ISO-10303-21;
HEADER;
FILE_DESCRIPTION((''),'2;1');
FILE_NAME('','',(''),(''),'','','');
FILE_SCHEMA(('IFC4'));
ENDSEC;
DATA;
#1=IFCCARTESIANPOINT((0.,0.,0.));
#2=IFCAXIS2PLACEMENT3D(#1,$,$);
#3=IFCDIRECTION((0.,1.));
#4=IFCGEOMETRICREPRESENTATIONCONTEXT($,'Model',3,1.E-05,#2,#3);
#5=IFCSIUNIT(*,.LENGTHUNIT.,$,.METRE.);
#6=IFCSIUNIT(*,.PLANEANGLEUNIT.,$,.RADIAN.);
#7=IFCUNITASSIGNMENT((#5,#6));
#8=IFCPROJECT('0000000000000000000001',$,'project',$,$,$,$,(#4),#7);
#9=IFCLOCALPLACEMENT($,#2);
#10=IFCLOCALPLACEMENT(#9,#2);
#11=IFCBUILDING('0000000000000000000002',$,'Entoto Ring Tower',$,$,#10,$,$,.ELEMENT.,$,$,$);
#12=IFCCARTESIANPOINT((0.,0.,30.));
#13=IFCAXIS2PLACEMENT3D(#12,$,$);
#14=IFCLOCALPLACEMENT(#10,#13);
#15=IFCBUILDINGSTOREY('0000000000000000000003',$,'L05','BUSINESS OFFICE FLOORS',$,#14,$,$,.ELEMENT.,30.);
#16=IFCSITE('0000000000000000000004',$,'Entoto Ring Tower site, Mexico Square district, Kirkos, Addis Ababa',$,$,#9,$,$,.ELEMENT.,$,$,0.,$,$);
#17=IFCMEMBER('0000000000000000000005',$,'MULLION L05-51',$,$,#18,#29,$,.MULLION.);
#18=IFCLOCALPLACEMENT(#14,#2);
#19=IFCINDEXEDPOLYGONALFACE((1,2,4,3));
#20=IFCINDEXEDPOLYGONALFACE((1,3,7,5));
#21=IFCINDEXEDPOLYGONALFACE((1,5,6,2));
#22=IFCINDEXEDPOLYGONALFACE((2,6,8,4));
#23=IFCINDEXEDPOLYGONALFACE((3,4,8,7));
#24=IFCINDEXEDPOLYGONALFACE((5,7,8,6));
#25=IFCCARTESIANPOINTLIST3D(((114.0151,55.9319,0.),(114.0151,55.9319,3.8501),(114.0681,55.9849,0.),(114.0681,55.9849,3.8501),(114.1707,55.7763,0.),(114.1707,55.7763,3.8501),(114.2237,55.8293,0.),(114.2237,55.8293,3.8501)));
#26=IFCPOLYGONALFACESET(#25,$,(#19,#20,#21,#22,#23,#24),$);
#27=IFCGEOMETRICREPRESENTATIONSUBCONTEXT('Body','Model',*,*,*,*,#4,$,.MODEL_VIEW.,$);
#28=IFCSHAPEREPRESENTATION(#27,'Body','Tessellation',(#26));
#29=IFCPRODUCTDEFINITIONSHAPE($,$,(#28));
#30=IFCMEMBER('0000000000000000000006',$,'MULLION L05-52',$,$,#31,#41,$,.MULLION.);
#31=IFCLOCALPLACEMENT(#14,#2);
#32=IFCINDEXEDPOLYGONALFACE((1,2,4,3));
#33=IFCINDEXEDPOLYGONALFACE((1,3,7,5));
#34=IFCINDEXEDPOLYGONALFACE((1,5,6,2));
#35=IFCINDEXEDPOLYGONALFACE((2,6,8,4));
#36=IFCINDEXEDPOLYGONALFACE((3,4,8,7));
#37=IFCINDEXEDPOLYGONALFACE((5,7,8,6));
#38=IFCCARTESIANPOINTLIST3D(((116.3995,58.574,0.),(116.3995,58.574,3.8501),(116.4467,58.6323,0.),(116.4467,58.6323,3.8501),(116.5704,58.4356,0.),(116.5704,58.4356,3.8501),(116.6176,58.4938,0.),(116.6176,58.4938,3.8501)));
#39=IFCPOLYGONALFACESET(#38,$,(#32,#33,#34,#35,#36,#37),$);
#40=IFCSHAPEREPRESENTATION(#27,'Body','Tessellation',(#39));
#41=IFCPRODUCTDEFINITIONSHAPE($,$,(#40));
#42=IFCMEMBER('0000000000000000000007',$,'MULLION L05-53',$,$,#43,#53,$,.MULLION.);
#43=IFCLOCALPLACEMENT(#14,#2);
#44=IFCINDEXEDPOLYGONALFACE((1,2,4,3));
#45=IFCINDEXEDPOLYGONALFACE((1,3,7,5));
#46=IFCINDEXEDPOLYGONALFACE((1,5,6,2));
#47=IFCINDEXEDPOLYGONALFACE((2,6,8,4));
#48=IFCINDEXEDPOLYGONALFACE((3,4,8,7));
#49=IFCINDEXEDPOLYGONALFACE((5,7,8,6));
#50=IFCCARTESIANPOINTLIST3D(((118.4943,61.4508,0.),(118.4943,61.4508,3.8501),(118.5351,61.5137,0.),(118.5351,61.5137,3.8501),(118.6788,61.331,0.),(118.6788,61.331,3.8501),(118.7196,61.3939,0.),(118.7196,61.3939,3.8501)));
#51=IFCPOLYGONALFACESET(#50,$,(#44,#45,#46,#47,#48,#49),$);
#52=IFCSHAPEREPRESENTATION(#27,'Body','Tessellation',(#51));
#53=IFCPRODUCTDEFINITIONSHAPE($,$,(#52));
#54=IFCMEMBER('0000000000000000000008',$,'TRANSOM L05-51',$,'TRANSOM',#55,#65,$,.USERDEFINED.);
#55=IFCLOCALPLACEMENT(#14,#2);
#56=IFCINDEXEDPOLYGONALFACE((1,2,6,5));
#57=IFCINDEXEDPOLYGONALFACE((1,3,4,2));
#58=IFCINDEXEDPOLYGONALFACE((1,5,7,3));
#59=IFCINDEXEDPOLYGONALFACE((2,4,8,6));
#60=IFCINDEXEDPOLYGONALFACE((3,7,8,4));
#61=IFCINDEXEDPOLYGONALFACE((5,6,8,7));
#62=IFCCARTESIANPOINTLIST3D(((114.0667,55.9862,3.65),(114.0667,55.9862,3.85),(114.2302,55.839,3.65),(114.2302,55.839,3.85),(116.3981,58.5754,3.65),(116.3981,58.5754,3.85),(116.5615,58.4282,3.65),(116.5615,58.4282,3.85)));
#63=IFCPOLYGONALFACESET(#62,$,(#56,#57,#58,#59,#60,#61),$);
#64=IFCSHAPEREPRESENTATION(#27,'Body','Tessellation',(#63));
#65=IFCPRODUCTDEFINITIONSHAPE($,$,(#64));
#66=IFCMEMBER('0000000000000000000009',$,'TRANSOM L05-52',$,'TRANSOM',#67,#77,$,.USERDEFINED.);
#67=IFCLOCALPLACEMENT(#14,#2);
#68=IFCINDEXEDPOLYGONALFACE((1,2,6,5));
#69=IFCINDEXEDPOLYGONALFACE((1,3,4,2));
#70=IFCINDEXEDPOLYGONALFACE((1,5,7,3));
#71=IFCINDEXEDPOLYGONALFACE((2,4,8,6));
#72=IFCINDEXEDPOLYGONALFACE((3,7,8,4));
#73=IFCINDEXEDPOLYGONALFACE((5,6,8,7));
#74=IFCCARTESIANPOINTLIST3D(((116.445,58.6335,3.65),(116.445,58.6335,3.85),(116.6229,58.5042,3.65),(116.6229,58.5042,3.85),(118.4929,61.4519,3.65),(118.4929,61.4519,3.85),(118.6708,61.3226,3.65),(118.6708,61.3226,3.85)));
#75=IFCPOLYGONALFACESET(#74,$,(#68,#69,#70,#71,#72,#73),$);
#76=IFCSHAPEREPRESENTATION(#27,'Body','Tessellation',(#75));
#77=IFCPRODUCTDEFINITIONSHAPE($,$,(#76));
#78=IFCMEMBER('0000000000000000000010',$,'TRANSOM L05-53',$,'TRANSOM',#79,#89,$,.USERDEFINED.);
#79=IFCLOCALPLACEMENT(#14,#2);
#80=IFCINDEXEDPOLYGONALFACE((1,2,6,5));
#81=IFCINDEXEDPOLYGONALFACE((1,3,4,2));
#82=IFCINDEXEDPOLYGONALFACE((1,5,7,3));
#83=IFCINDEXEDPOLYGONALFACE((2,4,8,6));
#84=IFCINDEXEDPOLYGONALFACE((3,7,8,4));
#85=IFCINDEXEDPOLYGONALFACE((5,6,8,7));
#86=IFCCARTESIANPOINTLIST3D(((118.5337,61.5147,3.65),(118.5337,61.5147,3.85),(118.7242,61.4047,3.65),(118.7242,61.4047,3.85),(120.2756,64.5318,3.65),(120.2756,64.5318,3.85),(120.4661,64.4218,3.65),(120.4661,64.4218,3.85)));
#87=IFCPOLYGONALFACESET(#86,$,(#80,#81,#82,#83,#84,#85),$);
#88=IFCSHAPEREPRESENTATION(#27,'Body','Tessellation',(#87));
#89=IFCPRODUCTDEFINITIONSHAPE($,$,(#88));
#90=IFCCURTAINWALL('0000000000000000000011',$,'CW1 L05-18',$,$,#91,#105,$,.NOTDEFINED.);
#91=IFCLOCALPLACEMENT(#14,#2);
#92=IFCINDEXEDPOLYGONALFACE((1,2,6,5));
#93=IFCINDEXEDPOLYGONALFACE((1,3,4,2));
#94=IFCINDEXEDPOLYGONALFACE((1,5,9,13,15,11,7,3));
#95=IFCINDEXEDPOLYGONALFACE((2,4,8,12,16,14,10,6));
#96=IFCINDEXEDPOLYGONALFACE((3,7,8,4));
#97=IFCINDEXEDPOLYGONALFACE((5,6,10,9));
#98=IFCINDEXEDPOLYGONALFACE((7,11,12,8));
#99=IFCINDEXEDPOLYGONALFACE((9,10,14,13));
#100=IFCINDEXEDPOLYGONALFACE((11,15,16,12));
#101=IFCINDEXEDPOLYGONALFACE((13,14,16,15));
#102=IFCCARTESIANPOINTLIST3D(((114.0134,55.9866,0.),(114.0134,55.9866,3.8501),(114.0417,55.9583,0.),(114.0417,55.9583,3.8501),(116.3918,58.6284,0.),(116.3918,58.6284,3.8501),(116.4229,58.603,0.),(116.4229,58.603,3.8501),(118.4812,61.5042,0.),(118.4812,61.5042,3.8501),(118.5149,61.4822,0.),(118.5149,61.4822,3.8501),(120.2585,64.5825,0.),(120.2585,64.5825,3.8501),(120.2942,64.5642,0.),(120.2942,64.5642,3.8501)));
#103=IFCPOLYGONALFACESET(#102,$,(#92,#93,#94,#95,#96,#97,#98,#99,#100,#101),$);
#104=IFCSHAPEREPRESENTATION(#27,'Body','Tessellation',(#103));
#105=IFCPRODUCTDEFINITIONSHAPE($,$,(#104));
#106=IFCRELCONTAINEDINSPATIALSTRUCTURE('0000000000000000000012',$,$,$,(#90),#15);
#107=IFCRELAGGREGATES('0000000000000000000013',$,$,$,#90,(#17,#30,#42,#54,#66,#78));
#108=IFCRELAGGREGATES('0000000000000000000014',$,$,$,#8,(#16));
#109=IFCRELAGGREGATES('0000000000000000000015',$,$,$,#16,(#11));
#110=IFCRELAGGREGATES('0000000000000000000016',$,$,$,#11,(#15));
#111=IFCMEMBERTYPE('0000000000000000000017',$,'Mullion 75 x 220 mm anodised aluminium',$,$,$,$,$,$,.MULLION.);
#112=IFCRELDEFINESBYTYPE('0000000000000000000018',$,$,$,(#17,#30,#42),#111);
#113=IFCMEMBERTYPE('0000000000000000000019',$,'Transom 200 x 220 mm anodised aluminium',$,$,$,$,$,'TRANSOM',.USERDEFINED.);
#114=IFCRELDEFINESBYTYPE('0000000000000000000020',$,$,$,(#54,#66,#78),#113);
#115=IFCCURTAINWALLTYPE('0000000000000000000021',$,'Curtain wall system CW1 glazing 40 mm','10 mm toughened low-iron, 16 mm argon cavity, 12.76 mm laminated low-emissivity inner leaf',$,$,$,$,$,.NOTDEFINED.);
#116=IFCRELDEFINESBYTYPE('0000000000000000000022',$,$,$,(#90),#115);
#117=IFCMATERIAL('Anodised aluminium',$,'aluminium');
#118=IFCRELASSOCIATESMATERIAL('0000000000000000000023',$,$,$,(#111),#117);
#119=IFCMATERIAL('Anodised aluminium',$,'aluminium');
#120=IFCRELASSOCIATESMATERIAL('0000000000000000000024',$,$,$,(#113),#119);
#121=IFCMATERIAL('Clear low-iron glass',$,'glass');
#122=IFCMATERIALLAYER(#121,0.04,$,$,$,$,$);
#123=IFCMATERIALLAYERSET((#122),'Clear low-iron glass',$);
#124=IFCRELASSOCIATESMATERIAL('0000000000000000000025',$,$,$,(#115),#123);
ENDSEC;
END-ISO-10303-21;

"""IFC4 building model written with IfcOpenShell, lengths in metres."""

from ifc_helpers import new_model, si_unit, direction, frame, origin, origin_2d, place, context, subcontext, project, spatial, polyline, rectangle, outline, extrude, material, layer, layer_set, material_profile, profile_set, type_object, element, aggregate, save


model = new_model("IFC4")

# Units and contexts
model_context = context("Model", 3, precision=1e-05, world=origin(), true_north=direction((0.0, 1.0)))
body_context = subcontext(model_context, "Body", "Model", "MODEL_VIEW")
ifc_project = project(units=[si_unit("LENGTHUNIT", "METRE"), si_unit("PLANEANGLEUNIT", "RADIAN")], contexts=[model_context])

# Members
ifc_material_1 = material(Name="Anodised aluminium", Category="aluminium")
ifc_material_profile_1 = material_profile(ifc_material_1, rectangle(XDim=0.075, YDim=0.22, at=origin_2d()), Name="Mullion 75 x 220 mm anodised aluminium")
ifc_profile_set_1 = profile_set([ifc_material_profile_1], Name="Anodised aluminium")
member_type_1 = type_object("IfcMemberType", Name="Mullion 75 x 220 mm anodised aluminium", PredefinedType="MULLION", material=ifc_profile_set_1)
site_placement = place(None, origin())
building_placement = place(site_placement, origin())
storey_placement = place(building_placement, frame((0.0, 0.0, 30.0)))
member_1_placement = place(storey_placement, frame((114.1194, 55.8806, 0.0), z_axis=(0.0, 0.0, 1.0), x_axis=(0.707107, 0.707107, 0.0)))
member_1 = element("IfcMember", 1, at=member_1_placement, type_object=member_type_1, Name="MULLION L05-51", PredefinedType="MULLION", context=body_context, shape_type="SweptSolid", body=[
    extrude(rectangle(XDim=0.075, YDim=0.22, at=origin_2d()), origin(), (0.0, 0.0, 1.0), 3.8501),
])
member_2_placement = place(storey_placement, frame((116.5085, 58.5339, 0.0), z_axis=(0.0, 0.0, 1.0), x_axis=(0.62932, 0.777146, 0.0)))
member_2 = element("IfcMember", 2, at=member_2_placement, type_object=member_type_1, Name="MULLION L05-52", PredefinedType="MULLION", context=body_context, shape_type="SweptSolid", body=[
    extrude(rectangle(XDim=0.075, YDim=0.22, at=origin_2d()), origin(), (0.0, 0.0, 1.0), 3.8501),
])
member_3_placement = place(storey_placement, frame((118.6069, 61.4224, 0.0), z_axis=(0.0, 0.0, 1.0), x_axis=(0.544639, 0.838671, 0.0)))
member_3 = element("IfcMember", 3, at=member_3_placement, type_object=member_type_1, Name="MULLION L05-53", PredefinedType="MULLION", context=body_context, shape_type="SweptSolid", body=[
    extrude(rectangle(XDim=0.075, YDim=0.22, at=origin_2d()), origin(), (0.0, 0.0, 1.0), 3.8501),
])
ifc_material_2 = material(Name="Anodised aluminium", Category="aluminium")
ifc_material_profile_2 = material_profile(ifc_material_2, rectangle(XDim=0.22, YDim=0.2, at=origin_2d()), Name="Transom 200 x 220 mm anodised aluminium")
ifc_profile_set_2 = profile_set([ifc_material_profile_2], Name="Anodised aluminium")
member_type_2 = type_object("IfcMemberType", Name="Transom 200 x 220 mm anodised aluminium", ElementType="TRANSOM", PredefinedType="USERDEFINED", material=ifc_profile_set_2)
member_4_placement = place(storey_placement, frame((114.1484, 55.9126, 3.75), z_axis=(0.669139, 0.743137, 0.0), x_axis=(-0.743137, 0.669139, 0.0)))
member_4 = element("IfcMember", 4, at=member_4_placement, type_object=member_type_2, Name="TRANSOM L05-51", ObjectType="TRANSOM", PredefinedType="USERDEFINED", context=body_context, shape_type="SweptSolid", body=[
    extrude(rectangle(XDim=0.22, YDim=0.2, at=origin_2d()), origin(), (0.0, 0.0, 1.0), 3.4841),
])
member_5_placement = place(storey_placement, frame((116.5339, 58.5688, 3.75), z_axis=(0.587822, 0.808991, 0.0), x_axis=(-0.808991, 0.587822, 0.0)))
member_5 = element("IfcMember", 5, at=member_5_placement, type_object=member_type_2, Name="TRANSOM L05-52", ObjectType="TRANSOM", PredefinedType="USERDEFINED", context=body_context, shape_type="SweptSolid", body=[
    extrude(rectangle(XDim=0.22, YDim=0.2, at=origin_2d()), origin(), (0.0, 0.0, 1.0), 3.4839),
])
member_6_placement = place(storey_placement, frame((118.6289, 61.4597, 3.75), z_axis=(0.500006, 0.866022, 0.0), x_axis=(-0.866022, 0.500006, 0.0)))
member_6 = element("IfcMember", 6, at=member_6_placement, type_object=member_type_2, Name="TRANSOM L05-53", ObjectType="TRANSOM", PredefinedType="USERDEFINED", context=body_context, shape_type="SweptSolid", body=[
    extrude(rectangle(XDim=0.22, YDim=0.2, at=origin_2d()), origin(), (0.0, 0.0, 1.0), 3.4839),
])

# Site, building, storey
site = spatial("IfcSite", under=ifc_project, at=site_placement, Name="Entoto Ring Tower site, Mexico Square district, Kirkos, Addis Ababa", CompositionType="ELEMENT", RefElevation=0.0)
building = spatial("IfcBuilding", under=site, at=building_placement, Name="Entoto Ring Tower", CompositionType="ELEMENT")
storey = spatial("IfcBuildingStorey", under=building, at=storey_placement, Name="L05", Description="BUSINESS OFFICE FLOORS", CompositionType="ELEMENT", Elevation=30.0)

# Curtain wall
ifc_material_3 = material(Name="Clear low-iron glass", Category="glass")
ifc_layer_1 = layer(ifc_material_3, 0.04)
ifc_layer_set_1 = layer_set([ifc_layer_1], Name="Clear low-iron glass")
curtain_wall_type = type_object("IfcCurtainWallType", Name="Curtain wall system CW1 glazing 40 mm", Description="10 mm toughened low-iron, 16 mm argon cavity, 12.76 mm laminated low-emissivity inner leaf", PredefinedType="NOTDEFINED", material=ifc_layer_set_1)
curtain_wall_1_placement = place(storey_placement, origin())
curtain_wall_1 = element("IfcCurtainWall", 7, at=curtain_wall_1_placement, inside=storey, type_object=curtain_wall_type, Name="CW1 L05-18", PredefinedType="NOTDEFINED", context=body_context, shape_type="SweptSolid", body=[
    extrude(outline(polyline([(114.0417, 55.9583), (116.4229, 58.603), (118.5149, 61.4822), (120.2942, 64.5642), (120.2585, 64.5825), (118.4812, 61.5042), (116.3918, 58.6284), (114.0134, 55.9866), (114.0417, 55.9583)])), origin(), (0.0, 0.0, 1.0), 3.8501),
])
aggregate(curtain_wall_1, [member_1, member_2, member_3, member_4, member_5, member_6])

save(model, "model.ifc")
